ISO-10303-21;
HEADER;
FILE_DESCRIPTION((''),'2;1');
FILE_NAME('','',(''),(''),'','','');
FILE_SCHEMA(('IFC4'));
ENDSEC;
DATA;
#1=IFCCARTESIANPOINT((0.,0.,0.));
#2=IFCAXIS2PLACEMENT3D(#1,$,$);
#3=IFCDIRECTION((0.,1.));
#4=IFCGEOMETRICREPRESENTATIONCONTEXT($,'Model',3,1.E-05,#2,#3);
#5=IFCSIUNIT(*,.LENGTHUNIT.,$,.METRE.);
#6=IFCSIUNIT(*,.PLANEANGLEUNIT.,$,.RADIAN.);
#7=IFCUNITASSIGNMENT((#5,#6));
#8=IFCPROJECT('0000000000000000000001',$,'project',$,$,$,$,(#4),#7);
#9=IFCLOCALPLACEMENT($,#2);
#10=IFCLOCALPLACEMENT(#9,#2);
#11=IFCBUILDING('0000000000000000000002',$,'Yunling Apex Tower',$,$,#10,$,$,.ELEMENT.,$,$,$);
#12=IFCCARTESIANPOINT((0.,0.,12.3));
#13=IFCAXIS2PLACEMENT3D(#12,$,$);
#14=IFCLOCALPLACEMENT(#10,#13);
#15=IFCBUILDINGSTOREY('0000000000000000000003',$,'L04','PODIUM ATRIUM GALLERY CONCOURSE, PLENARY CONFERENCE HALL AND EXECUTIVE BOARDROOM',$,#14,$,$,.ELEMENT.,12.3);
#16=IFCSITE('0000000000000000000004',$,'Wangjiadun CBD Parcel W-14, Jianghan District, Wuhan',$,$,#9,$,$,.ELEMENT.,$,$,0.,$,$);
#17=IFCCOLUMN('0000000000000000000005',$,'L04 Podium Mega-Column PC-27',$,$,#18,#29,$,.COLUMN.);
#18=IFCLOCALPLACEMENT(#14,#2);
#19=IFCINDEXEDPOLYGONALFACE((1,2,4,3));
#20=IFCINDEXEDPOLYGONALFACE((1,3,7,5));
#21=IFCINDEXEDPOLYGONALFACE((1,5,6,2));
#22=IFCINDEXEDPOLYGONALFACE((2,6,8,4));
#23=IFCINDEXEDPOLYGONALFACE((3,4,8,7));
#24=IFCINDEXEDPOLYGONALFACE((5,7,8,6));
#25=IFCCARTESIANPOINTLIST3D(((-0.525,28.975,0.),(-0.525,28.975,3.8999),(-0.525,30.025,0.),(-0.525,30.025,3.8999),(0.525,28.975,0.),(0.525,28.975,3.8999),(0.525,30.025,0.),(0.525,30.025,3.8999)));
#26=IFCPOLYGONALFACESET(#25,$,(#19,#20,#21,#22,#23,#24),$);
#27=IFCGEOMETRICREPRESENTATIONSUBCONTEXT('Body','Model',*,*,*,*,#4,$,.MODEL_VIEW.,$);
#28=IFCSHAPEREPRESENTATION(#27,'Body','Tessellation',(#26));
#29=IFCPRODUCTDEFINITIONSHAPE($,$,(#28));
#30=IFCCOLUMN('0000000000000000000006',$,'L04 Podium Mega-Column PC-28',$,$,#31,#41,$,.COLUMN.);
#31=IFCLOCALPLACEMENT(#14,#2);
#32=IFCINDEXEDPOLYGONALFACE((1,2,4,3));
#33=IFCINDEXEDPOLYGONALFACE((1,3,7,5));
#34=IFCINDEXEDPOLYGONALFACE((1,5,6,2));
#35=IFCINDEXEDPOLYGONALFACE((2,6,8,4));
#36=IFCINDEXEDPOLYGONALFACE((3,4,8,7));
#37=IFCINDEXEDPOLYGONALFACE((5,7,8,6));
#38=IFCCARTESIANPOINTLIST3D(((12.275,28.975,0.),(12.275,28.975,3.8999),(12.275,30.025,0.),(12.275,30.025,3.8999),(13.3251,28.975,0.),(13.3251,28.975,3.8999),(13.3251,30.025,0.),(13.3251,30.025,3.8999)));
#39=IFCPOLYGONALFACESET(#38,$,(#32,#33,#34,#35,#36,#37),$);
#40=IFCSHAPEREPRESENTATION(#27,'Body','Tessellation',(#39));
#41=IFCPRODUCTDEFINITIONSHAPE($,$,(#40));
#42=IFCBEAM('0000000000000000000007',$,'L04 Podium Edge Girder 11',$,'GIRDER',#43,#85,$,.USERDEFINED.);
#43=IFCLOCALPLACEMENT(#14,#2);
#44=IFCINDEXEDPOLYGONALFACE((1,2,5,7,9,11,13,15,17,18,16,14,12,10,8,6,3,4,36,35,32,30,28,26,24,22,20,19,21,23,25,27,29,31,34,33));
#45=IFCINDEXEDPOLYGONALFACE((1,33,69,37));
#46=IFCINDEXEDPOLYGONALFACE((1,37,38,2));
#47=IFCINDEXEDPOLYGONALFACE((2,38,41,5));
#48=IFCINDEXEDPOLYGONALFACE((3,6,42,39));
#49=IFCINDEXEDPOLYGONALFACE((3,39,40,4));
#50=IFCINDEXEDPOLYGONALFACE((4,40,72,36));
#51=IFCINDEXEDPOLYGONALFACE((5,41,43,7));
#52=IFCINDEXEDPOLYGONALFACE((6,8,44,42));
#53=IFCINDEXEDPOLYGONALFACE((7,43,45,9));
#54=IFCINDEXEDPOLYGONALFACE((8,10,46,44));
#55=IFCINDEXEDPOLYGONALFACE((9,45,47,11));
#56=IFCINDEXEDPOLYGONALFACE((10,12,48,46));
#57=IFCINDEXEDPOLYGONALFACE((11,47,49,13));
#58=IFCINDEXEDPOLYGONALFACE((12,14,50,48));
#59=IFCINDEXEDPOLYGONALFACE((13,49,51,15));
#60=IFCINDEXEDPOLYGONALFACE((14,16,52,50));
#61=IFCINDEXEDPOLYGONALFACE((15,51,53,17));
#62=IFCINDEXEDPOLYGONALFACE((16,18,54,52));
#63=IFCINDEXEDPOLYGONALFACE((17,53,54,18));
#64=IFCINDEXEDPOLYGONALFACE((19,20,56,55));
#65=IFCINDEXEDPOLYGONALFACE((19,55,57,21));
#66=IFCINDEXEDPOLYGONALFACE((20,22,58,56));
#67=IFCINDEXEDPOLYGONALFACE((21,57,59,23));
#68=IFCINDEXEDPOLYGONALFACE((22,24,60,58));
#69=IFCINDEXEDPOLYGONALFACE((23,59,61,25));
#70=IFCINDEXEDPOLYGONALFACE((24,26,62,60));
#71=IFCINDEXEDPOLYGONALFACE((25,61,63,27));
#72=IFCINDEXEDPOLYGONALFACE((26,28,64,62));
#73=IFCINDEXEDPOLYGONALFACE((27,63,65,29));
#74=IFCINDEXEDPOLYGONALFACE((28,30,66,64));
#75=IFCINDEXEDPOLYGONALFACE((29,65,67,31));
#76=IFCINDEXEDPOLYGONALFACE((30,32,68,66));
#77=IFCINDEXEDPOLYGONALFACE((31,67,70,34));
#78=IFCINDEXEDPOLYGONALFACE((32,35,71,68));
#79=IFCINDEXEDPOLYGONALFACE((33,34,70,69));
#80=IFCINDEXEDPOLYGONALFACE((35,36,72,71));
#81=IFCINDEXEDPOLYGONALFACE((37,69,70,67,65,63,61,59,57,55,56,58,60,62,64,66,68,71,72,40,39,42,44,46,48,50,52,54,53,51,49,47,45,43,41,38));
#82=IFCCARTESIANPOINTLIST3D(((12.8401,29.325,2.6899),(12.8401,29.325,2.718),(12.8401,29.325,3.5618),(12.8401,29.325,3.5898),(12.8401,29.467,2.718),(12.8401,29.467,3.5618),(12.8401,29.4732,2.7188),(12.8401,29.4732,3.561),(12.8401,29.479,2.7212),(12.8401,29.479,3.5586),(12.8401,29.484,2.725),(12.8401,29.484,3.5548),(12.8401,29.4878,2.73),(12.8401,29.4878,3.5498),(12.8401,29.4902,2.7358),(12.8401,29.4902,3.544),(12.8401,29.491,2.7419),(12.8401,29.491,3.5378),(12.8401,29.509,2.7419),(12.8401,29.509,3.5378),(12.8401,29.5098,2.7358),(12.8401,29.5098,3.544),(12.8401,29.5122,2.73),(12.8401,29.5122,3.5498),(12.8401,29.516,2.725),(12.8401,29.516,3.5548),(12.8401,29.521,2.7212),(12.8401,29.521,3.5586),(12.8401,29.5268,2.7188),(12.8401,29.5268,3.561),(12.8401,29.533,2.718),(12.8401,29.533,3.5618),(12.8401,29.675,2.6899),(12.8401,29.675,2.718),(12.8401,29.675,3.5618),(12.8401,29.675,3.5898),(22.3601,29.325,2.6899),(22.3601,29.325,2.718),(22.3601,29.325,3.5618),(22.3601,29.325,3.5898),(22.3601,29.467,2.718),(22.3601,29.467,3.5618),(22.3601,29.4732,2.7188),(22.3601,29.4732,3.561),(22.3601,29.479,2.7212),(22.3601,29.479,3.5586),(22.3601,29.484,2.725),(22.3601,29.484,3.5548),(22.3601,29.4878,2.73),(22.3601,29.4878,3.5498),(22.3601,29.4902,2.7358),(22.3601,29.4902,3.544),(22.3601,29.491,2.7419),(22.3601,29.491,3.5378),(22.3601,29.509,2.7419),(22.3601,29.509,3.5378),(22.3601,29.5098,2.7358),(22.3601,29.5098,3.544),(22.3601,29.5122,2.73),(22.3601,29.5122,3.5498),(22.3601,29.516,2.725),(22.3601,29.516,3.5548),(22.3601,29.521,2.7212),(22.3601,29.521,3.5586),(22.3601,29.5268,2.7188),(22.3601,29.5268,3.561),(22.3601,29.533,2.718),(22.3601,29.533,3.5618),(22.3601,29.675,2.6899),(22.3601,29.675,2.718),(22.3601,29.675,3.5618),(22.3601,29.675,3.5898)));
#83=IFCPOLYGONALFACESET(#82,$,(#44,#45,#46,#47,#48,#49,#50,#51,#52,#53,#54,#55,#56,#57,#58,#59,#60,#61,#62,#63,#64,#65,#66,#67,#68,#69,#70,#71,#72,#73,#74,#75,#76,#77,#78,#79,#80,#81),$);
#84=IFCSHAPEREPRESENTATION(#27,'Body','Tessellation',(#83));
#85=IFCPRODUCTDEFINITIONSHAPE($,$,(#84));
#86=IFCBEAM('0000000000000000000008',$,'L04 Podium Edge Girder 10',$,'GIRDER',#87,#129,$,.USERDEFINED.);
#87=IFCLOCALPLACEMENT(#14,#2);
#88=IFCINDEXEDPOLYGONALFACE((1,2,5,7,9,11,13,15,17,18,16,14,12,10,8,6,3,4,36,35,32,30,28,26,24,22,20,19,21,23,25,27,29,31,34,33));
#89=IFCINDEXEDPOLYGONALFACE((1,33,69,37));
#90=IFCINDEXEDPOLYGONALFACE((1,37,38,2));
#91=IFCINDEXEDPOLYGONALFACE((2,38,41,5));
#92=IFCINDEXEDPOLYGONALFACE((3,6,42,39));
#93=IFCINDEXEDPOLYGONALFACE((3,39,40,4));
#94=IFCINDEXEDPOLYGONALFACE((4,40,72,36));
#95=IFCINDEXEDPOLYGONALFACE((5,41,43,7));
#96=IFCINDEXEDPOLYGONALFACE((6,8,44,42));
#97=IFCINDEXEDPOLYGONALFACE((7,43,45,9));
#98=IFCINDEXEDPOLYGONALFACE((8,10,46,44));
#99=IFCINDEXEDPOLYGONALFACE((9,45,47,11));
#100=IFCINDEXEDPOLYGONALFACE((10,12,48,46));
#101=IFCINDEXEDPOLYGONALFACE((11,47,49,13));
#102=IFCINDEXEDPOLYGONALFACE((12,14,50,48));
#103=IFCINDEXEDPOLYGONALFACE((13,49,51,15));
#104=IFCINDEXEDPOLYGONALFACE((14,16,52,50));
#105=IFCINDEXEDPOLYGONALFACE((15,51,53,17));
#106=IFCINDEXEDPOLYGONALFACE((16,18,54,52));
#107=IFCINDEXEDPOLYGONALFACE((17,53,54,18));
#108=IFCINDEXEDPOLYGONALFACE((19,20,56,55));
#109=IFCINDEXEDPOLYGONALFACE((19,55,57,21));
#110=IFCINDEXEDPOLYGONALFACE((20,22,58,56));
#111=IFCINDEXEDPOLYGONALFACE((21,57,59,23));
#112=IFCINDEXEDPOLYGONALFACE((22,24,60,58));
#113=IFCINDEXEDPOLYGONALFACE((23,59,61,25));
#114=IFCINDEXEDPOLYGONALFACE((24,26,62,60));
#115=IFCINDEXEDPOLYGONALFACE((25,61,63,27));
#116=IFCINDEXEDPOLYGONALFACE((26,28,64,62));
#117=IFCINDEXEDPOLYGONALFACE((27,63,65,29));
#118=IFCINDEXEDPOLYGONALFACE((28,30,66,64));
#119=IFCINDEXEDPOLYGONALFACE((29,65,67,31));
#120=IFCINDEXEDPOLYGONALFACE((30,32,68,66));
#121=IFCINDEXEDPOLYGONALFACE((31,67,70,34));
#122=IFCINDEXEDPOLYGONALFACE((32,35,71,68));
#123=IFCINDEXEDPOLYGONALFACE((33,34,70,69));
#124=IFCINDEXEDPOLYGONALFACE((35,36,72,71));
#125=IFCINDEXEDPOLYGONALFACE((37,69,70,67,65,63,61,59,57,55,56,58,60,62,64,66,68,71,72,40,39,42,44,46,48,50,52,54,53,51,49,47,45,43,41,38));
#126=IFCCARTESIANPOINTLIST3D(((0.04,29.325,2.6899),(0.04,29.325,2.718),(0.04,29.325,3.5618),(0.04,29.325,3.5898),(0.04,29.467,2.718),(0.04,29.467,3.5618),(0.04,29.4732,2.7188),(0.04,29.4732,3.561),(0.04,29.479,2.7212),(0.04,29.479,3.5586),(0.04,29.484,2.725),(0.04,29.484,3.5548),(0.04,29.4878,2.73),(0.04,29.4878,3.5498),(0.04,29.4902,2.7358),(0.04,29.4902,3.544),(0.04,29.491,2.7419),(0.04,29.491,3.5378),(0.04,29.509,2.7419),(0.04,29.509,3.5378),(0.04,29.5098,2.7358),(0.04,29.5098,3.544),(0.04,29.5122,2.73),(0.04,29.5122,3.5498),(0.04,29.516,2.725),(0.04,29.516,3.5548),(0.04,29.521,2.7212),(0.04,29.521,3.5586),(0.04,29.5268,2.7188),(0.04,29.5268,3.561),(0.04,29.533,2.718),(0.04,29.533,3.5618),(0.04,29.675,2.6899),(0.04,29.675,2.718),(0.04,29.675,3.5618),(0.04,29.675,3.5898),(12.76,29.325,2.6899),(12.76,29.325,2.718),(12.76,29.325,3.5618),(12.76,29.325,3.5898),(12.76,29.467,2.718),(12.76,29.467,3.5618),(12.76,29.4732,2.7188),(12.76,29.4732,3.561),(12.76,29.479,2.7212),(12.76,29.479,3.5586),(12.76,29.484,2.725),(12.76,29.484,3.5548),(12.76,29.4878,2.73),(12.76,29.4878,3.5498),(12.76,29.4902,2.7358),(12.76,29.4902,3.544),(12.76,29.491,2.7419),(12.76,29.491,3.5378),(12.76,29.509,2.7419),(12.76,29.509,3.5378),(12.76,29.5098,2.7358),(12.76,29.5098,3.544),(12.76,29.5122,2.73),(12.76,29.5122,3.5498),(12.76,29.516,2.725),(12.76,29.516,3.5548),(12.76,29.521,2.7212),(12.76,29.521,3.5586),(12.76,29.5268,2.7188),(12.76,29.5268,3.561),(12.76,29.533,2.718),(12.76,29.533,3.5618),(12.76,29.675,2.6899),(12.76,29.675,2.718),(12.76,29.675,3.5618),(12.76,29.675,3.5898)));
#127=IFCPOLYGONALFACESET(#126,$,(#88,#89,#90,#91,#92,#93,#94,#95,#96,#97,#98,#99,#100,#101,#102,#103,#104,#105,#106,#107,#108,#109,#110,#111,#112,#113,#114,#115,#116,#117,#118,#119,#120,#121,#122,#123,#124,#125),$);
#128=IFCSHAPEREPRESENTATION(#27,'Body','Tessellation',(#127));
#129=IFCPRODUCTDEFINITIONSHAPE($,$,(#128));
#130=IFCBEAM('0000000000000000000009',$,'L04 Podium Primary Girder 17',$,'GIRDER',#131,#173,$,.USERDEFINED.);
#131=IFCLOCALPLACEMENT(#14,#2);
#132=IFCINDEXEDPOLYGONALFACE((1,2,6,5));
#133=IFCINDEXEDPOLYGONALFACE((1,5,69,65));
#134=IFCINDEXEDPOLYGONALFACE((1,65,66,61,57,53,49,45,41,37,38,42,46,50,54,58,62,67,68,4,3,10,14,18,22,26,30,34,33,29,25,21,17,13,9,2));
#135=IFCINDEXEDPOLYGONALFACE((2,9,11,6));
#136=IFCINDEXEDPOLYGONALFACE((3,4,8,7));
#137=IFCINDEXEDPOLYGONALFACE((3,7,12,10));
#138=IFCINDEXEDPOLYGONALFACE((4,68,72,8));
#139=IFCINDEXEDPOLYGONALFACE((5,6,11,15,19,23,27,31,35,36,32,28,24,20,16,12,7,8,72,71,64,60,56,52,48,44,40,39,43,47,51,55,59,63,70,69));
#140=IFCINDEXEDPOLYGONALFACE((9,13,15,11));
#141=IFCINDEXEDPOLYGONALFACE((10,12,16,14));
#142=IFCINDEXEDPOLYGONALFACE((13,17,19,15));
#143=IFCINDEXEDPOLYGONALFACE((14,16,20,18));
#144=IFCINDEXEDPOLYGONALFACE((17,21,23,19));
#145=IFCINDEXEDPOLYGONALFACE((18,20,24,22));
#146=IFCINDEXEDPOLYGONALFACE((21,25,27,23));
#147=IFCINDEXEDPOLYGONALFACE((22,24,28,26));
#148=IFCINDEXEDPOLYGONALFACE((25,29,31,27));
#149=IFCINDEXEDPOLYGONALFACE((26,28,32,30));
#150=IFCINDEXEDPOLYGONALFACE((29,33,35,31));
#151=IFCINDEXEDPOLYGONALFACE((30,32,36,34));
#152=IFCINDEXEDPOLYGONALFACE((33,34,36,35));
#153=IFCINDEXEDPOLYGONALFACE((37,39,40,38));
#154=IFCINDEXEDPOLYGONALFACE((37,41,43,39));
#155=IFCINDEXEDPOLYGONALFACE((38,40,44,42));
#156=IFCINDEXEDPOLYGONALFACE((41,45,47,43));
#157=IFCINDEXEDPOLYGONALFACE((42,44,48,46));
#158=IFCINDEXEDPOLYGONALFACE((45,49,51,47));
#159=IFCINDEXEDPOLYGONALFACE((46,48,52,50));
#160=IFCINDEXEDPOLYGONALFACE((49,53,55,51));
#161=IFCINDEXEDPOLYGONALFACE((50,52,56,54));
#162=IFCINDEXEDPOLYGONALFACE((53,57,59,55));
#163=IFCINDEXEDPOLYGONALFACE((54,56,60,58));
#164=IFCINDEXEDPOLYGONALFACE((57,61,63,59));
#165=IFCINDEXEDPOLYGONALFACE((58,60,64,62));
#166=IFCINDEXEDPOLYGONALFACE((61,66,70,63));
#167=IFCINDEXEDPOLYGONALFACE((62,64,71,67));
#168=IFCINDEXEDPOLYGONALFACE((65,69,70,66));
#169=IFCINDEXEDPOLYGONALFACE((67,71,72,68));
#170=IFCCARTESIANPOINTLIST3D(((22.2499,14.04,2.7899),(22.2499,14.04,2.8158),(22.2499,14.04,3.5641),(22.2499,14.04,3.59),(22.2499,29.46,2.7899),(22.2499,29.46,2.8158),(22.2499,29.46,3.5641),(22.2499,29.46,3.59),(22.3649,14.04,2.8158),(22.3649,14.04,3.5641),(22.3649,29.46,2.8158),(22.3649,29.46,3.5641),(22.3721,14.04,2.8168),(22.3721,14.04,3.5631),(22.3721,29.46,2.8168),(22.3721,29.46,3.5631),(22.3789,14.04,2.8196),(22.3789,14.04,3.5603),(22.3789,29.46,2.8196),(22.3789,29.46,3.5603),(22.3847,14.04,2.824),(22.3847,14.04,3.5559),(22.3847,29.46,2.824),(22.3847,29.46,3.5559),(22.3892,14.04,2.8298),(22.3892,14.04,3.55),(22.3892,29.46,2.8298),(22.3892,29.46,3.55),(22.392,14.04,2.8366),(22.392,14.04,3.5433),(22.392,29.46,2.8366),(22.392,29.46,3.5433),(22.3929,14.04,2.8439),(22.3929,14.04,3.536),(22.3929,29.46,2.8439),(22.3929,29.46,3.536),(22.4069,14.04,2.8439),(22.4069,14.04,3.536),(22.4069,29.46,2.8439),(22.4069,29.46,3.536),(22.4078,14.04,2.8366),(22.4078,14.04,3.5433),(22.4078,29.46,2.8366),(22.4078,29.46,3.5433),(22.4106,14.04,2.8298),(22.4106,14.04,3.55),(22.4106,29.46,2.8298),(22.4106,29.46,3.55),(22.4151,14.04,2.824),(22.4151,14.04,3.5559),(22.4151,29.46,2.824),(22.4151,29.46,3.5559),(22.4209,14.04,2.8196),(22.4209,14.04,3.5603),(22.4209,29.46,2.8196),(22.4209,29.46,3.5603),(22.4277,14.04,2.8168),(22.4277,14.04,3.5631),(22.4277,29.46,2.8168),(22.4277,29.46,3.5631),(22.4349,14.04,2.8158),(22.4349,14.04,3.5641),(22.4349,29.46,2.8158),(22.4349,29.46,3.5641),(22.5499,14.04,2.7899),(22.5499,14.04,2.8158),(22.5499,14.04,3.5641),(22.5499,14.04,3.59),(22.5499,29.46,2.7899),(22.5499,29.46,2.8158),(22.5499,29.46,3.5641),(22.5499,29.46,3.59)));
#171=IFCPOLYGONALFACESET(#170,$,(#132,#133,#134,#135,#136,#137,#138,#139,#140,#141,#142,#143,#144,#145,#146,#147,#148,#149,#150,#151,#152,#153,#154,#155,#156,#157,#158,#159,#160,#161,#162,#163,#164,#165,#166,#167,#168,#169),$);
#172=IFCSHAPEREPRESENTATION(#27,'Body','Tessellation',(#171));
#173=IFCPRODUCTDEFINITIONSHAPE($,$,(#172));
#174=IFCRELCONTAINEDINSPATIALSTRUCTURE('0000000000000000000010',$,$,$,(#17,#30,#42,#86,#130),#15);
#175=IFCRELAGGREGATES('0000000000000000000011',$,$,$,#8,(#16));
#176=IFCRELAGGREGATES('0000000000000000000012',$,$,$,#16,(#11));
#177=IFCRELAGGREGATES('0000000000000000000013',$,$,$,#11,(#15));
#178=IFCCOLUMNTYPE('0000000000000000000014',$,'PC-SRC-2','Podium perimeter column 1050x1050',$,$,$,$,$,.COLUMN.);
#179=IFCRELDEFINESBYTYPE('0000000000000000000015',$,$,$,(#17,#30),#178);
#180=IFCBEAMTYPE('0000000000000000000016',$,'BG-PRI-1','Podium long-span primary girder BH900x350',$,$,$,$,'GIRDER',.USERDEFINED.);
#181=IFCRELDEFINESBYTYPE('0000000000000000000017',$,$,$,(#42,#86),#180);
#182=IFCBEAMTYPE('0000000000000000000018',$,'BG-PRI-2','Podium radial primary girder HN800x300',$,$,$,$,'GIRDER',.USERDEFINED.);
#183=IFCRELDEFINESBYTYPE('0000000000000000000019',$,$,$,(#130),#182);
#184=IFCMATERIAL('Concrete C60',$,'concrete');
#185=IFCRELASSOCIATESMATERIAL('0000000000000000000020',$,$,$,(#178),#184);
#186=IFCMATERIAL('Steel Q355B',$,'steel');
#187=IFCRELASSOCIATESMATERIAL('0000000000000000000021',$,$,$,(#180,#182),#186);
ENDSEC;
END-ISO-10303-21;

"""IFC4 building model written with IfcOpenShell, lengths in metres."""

from ifc_helpers import new_model, si_unit, direction, frame, origin, origin_2d, place, context, subcontext, project, spatial, rectangle, i_section, extrude, source, transform, mapped, material, material_profile, profile_set, type_object, element, save


model = new_model("IFC4")

# Units and contexts
model_context = context("Model", 3, precision=1e-05, world=origin(), true_north=direction((0.0, 1.0)))
body_context = subcontext(model_context, "Body", "Model", "MODEL_VIEW")
ifc_project = project(units=[si_unit("LENGTHUNIT", "METRE"), si_unit("PLANEANGLEUNIT", "RADIAN")], contexts=[model_context])

# Site, building, storey
site_placement = place(None, origin())
site = spatial("IfcSite", under=ifc_project, at=site_placement, Name="Wangjiadun CBD Parcel W-14, Jianghan District, Wuhan", CompositionType="ELEMENT", RefElevation=0.0)
building_placement = place(site_placement, origin())
building = spatial("IfcBuilding", under=site, at=building_placement, Name="Yunling Apex Tower", CompositionType="ELEMENT")
storey_placement = place(building_placement, frame((0.0, 0.0, 12.3)))
storey = spatial("IfcBuildingStorey", under=building, at=storey_placement, Name="L04", Description="PODIUM ATRIUM GALLERY CONCOURSE, PLENARY CONFERENCE HALL AND EXECUTIVE BOARDROOM", CompositionType="ELEMENT", Elevation=12.3)

# Columns
ifc_material_1 = material(Name="Concrete C60", Category="concrete")
ifc_material_profile_1 = material_profile(ifc_material_1, rectangle(XDim=1.05, YDim=1.05, at=origin_2d()))
ifc_profile_set_1 = profile_set([ifc_material_profile_1], Name="Concrete C60")
column_type = type_object("IfcColumnType", Name="PC-SRC-2", Description="Podium perimeter column 1050x1050", PredefinedType="COLUMN", material=ifc_profile_set_1)
shared_shape_1 = source(origin(), body_context, "Body", "SweptSolid", [
    extrude(rectangle(XDim=1.05, YDim=1.05, at=origin_2d()), origin(), (0.0, 0.0, 1.0), 3.8999),
])
for number, where, z_axis, x_axis, name in (
    (1, (0.0, 29.5, 0.0), (0.0, 0.0, 1.0), (1.0, 0.0, 0.0), "L04 Podium Mega-Column PC-27"),
    (2, (12.8, 29.5, 0.0), (0.0, 0.0, 1.0), (1.0, 0.0, 0.0), "L04 Podium Mega-Column PC-28"),
):
    element("IfcColumn", number, at=place(storey_placement, frame(where, z_axis=z_axis, x_axis=x_axis)), inside=storey, type_object=column_type, Name=name, PredefinedType="COLUMN", context=body_context, shape_type="MappedRepresentation", body=[
        mapped(shared_shape_1, transform((0.0, 0.0, 0.0), scale=1.0)),
    ])

# Beams
ifc_material_2 = material(Name="Steel Q355B", Category="steel")
ifc_material_profile_2 = material_profile(ifc_material_2, i_section(OverallWidth=0.3501, OverallDepth=0.8999, WebThickness=0.0181, FlangeThickness=0.0281, FilletRadius=0.0239, at=origin_2d()))
ifc_profile_set_2 = profile_set([ifc_material_profile_2], Name="Steel Q355B")
beam_type_1 = type_object("IfcBeamType", Name="BG-PRI-1", Description="Podium long-span primary girder BH900x350", ElementType="GIRDER", PredefinedType="USERDEFINED", material=ifc_profile_set_2)
shared_shape_2 = source(origin(), body_context, "Body", "SweptSolid", [
    extrude(i_section(OverallWidth=0.3501, OverallDepth=0.8999, WebThickness=0.0181, FlangeThickness=0.0281, FilletRadius=0.0239, at=origin_2d()), origin(), (0.0, 0.0, 1.0), 9.52),
])
beam_1_placement = place(storey_placement, frame((12.8401, 29.5, 3.1399), z_axis=(1.0, 0.0, 0.0), x_axis=(0.0, 1.0, 0.0)))
element("IfcBeam", 3, at=beam_1_placement, inside=storey, type_object=beam_type_1, Name="L04 Podium Edge Girder 11", ObjectType="GIRDER", PredefinedType="USERDEFINED", context=body_context, shape_type="MappedRepresentation", body=[
    mapped(shared_shape_2, transform((0.0, 0.0, 0.0), scale=1.0)),
])
shared_shape_3 = source(origin(), body_context, "Body", "SweptSolid", [
    extrude(i_section(OverallWidth=0.3501, OverallDepth=0.8999, WebThickness=0.0181, FlangeThickness=0.0281, FilletRadius=0.0239, at=origin_2d()), origin(), (0.0, 0.0, 1.0), 12.72),
])
beam_2_placement = place(storey_placement, frame((0.04, 29.5, 3.1399), z_axis=(1.0, 0.0, 0.0), x_axis=(0.0, 1.0, 0.0)))
element("IfcBeam", 4, at=beam_2_placement, inside=storey, type_object=beam_type_1, Name="L04 Podium Edge Girder 10", ObjectType="GIRDER", PredefinedType="USERDEFINED", context=body_context, shape_type="MappedRepresentation", body=[
    mapped(shared_shape_3, transform((0.0, 0.0, 0.0), scale=1.0)),
])
ifc_material_profile_3 = material_profile(ifc_material_2, i_section(OverallWidth=0.3, OverallDepth=0.8, WebThickness=0.0139, FlangeThickness=0.0259, FilletRadius=0.0281, at=origin_2d()))
ifc_profile_set_3 = profile_set([ifc_material_profile_3], Name="Steel Q355B")
beam_type_2 = type_object("IfcBeamType", Name="BG-PRI-2", Description="Podium radial primary girder HN800x300", ElementType="GIRDER", PredefinedType="USERDEFINED", material=ifc_profile_set_3)
shared_shape_4 = source(origin(), body_context, "Body", "SweptSolid", [
    extrude(i_section(OverallWidth=0.3, OverallDepth=0.8, WebThickness=0.0139, FlangeThickness=0.0259, FilletRadius=0.0281, at=origin_2d()), origin(), (0.0, 0.0, 1.0), 15.4199),
])
beam_3_placement = place(storey_placement, frame((22.3999, 29.46, 3.1899), z_axis=(0.0, -1.0, 0.0), x_axis=(1.0, 0.0, 0.0)))
element("IfcBeam", 5, at=beam_3_placement, inside=storey, type_object=beam_type_2, Name="L04 Podium Primary Girder 17", ObjectType="GIRDER", PredefinedType="USERDEFINED", context=body_context, shape_type="MappedRepresentation", body=[
    mapped(shared_shape_4, transform((0.0, 0.0, 0.0), scale=1.0)),
])

save(model, "model.ifc")
